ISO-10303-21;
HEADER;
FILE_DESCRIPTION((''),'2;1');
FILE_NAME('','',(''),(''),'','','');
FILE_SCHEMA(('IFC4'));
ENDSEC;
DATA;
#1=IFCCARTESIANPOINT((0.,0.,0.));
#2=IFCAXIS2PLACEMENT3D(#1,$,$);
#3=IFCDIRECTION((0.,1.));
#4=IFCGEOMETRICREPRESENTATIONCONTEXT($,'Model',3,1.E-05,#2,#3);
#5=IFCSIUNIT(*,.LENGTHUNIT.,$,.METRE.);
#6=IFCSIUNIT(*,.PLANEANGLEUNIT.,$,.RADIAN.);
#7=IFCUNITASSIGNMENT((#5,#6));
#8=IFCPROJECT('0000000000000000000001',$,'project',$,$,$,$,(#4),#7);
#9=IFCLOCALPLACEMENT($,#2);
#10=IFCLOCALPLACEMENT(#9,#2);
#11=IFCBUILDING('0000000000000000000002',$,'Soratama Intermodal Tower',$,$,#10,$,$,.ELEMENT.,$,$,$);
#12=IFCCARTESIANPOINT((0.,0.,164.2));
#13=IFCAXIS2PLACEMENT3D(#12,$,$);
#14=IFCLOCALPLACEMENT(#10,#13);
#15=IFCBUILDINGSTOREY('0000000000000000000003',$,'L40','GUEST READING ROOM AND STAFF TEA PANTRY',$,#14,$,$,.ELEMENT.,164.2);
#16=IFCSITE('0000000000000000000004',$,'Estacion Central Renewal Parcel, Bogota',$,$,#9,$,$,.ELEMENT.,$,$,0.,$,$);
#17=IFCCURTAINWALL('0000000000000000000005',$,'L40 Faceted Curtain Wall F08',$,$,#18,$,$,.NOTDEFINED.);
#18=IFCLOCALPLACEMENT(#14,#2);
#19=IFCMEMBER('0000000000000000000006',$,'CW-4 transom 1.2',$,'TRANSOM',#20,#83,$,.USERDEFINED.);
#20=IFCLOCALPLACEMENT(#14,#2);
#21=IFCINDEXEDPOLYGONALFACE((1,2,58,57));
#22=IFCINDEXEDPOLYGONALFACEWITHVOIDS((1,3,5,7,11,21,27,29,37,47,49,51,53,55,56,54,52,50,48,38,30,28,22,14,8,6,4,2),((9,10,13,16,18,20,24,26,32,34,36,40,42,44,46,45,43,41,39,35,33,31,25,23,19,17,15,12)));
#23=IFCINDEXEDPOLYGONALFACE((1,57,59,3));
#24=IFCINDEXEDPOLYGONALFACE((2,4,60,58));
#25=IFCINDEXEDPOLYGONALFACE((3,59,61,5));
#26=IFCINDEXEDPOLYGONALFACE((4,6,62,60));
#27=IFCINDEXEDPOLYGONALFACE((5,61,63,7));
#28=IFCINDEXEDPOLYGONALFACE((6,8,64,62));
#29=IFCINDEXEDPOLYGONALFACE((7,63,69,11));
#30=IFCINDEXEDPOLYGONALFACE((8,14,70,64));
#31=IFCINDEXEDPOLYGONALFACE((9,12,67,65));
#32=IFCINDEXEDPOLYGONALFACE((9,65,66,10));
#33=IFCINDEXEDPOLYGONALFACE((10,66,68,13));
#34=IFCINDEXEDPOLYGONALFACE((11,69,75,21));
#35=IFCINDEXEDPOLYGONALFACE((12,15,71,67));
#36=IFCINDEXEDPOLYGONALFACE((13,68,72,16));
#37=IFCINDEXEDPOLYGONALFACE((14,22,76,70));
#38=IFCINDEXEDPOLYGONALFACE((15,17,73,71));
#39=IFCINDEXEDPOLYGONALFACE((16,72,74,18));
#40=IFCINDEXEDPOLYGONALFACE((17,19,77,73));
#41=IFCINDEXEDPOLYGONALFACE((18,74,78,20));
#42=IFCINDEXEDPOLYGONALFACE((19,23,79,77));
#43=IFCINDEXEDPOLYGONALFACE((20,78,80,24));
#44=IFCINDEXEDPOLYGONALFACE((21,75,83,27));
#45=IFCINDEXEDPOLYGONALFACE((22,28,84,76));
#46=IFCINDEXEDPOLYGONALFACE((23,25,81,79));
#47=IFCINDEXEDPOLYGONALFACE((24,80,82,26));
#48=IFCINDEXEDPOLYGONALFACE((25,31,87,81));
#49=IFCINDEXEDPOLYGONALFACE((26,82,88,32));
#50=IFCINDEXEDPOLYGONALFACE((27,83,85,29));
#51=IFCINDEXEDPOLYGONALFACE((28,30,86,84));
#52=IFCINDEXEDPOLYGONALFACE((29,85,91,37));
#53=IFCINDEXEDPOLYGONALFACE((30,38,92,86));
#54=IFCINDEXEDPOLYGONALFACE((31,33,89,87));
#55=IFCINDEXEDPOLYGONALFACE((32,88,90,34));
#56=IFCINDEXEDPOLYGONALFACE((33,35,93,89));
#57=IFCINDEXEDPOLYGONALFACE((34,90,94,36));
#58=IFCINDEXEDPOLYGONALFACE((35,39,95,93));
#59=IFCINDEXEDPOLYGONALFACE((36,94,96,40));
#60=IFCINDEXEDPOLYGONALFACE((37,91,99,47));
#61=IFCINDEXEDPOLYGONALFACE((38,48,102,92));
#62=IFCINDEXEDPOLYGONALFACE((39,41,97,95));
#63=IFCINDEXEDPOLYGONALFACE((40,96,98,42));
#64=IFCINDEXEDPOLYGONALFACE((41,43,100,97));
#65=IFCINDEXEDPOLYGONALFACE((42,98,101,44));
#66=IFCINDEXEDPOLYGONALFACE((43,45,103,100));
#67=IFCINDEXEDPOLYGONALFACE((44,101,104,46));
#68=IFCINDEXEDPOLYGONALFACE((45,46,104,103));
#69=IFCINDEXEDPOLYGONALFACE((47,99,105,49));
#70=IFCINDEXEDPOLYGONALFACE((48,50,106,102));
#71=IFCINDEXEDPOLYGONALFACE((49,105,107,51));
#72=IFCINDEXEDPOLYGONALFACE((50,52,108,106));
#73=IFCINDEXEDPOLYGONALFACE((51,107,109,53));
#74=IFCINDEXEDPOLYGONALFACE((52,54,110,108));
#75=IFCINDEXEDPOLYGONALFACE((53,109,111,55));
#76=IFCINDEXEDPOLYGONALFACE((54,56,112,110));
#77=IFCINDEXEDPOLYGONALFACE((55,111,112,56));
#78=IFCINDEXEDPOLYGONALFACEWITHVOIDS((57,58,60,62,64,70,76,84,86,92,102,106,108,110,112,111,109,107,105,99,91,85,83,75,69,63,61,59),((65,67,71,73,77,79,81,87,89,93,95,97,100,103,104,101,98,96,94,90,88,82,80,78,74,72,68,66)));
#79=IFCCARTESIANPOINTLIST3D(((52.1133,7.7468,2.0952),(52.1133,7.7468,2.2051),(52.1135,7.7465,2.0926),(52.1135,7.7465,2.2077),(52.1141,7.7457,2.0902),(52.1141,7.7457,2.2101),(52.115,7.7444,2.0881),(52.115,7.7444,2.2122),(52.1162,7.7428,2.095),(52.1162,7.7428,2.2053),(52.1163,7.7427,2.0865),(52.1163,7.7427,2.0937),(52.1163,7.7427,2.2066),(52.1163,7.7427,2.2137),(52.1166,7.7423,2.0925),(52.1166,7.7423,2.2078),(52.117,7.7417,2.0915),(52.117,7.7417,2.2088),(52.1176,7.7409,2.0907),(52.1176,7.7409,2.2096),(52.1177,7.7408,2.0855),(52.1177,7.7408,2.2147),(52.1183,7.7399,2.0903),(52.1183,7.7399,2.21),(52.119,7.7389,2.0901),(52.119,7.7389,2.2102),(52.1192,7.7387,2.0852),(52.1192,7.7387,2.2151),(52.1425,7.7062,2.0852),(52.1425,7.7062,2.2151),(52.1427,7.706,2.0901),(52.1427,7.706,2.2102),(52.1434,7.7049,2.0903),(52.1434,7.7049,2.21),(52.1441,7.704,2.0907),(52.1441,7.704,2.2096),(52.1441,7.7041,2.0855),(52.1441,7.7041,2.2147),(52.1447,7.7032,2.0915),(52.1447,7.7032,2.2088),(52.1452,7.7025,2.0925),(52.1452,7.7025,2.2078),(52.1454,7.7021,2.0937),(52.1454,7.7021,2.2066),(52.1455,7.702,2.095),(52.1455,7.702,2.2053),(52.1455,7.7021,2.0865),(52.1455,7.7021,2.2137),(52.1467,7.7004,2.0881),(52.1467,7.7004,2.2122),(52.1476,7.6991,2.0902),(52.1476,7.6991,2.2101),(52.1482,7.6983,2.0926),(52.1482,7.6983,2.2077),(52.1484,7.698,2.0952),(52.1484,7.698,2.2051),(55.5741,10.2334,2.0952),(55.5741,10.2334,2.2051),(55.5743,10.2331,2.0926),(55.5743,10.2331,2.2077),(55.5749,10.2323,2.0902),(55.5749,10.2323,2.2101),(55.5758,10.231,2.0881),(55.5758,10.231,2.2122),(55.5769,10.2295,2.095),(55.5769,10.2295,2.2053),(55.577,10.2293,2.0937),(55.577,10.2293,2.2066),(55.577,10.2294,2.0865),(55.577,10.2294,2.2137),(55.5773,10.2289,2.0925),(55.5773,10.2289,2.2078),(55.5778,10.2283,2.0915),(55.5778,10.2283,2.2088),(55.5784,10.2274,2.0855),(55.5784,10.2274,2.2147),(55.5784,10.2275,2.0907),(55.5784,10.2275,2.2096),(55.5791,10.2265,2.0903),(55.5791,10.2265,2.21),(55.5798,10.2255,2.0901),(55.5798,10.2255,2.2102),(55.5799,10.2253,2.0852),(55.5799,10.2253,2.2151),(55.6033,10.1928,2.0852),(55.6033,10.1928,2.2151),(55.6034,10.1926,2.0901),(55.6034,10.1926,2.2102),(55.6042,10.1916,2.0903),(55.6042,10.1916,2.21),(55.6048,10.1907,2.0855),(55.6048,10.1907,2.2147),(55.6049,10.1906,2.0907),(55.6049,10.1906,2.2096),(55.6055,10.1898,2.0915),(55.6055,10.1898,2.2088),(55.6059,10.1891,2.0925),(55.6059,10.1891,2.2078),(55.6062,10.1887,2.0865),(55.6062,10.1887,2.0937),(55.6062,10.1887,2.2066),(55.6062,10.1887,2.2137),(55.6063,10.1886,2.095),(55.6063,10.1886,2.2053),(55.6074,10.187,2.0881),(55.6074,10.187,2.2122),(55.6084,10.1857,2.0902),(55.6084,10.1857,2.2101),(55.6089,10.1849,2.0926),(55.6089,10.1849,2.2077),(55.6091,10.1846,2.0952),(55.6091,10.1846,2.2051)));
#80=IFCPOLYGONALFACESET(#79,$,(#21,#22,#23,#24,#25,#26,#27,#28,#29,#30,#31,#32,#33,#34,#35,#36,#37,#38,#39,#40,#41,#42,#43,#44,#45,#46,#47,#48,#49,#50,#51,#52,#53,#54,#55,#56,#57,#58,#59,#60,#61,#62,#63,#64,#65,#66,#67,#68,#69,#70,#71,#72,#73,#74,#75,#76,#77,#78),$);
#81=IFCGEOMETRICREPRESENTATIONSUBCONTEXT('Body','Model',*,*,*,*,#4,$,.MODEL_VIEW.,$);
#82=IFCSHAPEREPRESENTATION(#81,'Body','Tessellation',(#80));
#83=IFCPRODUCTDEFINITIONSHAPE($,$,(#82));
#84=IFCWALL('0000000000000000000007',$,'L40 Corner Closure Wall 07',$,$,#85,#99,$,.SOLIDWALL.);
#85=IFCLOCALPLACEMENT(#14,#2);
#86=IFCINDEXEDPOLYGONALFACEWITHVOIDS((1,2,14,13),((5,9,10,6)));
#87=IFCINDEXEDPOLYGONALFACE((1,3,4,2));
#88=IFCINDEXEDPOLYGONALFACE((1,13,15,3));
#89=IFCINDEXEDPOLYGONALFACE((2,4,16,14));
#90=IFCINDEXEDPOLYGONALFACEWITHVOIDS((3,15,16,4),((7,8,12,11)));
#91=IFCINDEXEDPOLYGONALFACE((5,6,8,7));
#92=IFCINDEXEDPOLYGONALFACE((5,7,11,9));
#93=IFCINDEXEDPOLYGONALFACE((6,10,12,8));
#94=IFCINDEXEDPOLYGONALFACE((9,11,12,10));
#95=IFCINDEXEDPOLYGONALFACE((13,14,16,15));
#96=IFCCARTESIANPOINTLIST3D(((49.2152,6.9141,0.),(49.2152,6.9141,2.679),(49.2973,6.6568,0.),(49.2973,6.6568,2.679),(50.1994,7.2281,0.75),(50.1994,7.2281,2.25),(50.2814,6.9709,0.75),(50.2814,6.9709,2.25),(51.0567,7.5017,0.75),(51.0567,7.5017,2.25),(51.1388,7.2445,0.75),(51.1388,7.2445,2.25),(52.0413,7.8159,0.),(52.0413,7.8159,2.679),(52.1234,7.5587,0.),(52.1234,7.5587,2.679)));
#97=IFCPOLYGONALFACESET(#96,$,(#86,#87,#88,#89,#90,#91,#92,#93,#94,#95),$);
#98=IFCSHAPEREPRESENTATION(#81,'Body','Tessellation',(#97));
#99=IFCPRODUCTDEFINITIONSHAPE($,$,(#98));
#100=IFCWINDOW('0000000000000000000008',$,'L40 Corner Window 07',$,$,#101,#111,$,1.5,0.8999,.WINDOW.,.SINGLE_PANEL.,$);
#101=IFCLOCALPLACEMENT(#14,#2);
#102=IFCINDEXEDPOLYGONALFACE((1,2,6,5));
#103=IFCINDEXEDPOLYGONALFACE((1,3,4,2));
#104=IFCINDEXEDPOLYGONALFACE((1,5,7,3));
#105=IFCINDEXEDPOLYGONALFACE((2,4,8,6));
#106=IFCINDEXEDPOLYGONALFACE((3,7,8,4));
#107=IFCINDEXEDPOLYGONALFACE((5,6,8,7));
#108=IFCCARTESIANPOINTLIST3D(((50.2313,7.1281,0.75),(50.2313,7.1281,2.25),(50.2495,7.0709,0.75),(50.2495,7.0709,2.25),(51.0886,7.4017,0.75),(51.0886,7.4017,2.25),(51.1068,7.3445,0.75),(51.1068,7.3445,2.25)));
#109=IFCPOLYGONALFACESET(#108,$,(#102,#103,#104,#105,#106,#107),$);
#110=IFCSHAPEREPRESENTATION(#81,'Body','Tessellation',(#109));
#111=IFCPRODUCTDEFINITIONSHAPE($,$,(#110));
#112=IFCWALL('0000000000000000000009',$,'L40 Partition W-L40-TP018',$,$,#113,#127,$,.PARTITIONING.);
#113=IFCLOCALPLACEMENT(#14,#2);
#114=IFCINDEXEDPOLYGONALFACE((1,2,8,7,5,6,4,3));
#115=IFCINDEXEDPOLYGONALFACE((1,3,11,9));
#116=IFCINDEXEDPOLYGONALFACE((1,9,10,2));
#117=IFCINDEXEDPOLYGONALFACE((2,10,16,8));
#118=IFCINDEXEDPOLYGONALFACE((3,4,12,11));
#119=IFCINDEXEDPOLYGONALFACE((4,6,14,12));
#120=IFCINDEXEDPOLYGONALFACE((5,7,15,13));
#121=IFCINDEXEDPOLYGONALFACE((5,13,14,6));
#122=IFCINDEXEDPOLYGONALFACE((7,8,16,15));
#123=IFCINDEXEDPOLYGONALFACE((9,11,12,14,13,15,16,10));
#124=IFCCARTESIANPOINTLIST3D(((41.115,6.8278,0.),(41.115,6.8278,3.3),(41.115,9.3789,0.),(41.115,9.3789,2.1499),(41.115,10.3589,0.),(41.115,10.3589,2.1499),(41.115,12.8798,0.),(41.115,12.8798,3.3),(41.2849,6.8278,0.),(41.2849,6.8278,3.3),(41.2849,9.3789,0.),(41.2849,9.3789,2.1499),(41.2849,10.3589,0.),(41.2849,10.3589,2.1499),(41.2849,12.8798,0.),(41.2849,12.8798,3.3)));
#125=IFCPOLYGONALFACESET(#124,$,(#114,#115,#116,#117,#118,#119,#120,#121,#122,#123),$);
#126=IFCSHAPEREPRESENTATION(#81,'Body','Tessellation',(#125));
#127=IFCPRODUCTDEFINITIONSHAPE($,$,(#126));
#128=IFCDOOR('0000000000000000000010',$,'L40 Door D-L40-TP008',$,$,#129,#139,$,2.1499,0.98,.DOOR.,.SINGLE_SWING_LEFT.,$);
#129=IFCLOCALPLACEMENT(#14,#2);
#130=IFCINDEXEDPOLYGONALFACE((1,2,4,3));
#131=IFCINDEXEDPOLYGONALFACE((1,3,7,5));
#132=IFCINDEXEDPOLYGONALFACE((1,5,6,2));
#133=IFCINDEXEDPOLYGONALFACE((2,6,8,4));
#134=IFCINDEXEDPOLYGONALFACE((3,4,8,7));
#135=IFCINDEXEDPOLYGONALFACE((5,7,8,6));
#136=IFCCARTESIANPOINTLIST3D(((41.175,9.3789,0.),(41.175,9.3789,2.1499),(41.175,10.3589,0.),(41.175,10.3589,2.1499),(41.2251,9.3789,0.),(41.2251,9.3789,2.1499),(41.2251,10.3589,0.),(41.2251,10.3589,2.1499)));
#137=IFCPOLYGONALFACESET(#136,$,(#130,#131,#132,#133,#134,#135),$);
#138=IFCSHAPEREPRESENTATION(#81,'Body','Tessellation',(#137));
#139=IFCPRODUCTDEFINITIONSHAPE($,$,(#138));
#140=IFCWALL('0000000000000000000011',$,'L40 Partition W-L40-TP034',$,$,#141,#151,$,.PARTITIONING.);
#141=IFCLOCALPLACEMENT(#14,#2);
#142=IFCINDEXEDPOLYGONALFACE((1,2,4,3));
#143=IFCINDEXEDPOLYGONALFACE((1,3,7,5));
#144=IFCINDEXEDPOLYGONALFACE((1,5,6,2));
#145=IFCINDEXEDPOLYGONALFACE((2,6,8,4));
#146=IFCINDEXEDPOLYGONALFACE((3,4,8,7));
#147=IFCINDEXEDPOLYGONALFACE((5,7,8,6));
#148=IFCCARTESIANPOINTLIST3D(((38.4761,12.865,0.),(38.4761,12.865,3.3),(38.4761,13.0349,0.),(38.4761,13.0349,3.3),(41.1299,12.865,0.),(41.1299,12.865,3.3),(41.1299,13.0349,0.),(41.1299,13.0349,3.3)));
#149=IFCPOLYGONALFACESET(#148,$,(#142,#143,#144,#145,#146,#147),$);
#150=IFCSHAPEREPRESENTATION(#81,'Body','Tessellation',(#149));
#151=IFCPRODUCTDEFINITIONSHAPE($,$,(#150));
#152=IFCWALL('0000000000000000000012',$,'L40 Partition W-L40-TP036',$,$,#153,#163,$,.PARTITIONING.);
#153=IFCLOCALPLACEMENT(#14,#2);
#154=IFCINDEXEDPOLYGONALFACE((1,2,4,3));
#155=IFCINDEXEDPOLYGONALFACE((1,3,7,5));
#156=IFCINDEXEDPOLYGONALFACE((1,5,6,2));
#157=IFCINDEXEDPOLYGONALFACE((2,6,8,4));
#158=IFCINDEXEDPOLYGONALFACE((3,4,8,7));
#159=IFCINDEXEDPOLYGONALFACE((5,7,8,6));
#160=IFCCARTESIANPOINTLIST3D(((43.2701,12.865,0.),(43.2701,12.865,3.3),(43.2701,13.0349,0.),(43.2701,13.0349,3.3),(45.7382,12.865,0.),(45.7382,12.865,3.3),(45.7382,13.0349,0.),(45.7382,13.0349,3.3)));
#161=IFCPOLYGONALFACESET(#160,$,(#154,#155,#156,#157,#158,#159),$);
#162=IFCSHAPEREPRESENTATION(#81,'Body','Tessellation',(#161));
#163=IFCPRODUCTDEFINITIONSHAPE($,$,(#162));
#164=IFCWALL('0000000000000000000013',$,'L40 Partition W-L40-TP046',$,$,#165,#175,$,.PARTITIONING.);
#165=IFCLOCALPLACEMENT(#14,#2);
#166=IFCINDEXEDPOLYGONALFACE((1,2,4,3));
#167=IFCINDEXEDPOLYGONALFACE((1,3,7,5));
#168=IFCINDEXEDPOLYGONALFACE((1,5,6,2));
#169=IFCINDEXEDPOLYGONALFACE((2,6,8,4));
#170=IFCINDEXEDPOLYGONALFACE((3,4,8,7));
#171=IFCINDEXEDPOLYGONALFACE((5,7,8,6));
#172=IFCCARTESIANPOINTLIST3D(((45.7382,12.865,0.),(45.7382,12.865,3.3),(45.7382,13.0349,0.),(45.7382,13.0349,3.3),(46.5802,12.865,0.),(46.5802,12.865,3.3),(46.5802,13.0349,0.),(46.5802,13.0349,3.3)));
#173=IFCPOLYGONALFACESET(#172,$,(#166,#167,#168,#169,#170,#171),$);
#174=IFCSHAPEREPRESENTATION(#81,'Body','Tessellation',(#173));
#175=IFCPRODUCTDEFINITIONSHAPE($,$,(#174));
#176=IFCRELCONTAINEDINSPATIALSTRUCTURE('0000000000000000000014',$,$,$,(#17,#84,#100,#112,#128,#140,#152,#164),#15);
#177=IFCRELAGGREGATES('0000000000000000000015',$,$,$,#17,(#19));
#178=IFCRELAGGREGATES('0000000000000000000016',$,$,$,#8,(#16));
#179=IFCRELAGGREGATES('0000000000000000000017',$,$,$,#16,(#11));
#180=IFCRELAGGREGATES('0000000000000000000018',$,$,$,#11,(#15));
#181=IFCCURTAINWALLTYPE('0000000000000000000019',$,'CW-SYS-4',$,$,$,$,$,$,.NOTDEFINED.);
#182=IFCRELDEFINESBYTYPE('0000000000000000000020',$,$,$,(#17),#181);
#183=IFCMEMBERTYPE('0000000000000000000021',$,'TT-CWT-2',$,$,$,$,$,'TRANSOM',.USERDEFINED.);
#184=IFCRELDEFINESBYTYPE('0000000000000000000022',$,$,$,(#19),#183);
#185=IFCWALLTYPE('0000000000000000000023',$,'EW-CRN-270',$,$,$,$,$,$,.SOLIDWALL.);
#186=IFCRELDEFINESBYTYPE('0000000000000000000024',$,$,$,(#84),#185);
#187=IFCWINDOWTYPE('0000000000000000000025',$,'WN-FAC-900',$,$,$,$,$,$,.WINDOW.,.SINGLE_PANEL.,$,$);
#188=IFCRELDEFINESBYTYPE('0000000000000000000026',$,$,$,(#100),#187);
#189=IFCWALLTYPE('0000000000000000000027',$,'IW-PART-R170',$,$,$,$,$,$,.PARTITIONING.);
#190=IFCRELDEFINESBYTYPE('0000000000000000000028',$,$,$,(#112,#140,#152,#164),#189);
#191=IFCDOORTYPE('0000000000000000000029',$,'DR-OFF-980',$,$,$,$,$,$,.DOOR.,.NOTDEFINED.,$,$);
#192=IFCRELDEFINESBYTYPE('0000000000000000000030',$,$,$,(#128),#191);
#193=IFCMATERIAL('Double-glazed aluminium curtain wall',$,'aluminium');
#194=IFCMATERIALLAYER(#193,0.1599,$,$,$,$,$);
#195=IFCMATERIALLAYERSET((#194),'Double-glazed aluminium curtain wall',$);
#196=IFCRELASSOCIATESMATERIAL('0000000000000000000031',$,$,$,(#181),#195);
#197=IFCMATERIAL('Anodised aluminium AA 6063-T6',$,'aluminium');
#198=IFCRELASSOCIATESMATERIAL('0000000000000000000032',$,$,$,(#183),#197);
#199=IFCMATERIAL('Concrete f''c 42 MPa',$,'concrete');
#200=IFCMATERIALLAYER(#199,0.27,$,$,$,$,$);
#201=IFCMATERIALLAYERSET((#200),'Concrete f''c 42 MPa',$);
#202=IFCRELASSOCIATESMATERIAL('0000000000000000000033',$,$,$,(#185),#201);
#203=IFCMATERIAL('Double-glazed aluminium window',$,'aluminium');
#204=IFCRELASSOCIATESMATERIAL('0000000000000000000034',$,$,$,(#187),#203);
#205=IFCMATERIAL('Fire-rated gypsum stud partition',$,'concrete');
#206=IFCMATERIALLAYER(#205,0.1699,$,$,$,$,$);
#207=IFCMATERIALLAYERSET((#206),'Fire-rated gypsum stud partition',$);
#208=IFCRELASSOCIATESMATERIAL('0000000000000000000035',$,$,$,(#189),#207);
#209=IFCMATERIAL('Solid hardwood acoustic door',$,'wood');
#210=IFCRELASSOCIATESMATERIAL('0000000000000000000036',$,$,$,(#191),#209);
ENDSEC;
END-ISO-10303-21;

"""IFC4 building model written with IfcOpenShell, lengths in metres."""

from ifc_helpers import new_model, si_unit, direction, frame, frame_2d, origin, origin_2d, place, context, subcontext, project, spatial, rectangle, hollow_rectangle, extrude, material, layer, layer_set, material_profile, profile_set, type_object, element, fill, aggregate, save


model = new_model("IFC4")

# Units and contexts
model_context = context("Model", 3, precision=1e-05, world=origin(), true_north=direction((0.0, 1.0)))
body_context = subcontext(model_context, "Body", "Model", "MODEL_VIEW")
ifc_project = project(units=[si_unit("LENGTHUNIT", "METRE"), si_unit("PLANEANGLEUNIT", "RADIAN")], contexts=[model_context])

# Site, building, storey
site_placement = place(None, origin())
site = spatial("IfcSite", under=ifc_project, at=site_placement, Name="Estacion Central Renewal Parcel, Bogota", CompositionType="ELEMENT", RefElevation=0.0)
building_placement = place(site_placement, origin())
building = spatial("IfcBuilding", under=site, at=building_placement, Name="Soratama Intermodal Tower", CompositionType="ELEMENT")
storey_placement = place(building_placement, frame((0.0, 0.0, 164.2)))
storey = spatial("IfcBuildingStorey", under=building, at=storey_placement, Name="L40", Description="GUEST READING ROOM AND STAFF TEA PANTRY", CompositionType="ELEMENT", Elevation=164.2)

# Curtain wall, member
ifc_material_1 = material(Name="Double-glazed aluminium curtain wall", Category="aluminium")
ifc_layer_1 = layer(ifc_material_1, 0.1599)
ifc_layer_set_1 = layer_set([ifc_layer_1], Name="Double-glazed aluminium curtain wall")
curtain_wall_type = type_object("IfcCurtainWallType", Name="CW-SYS-4", PredefinedType="NOTDEFINED", material=ifc_layer_set_1)
curtain_wall_placement = place(storey_placement, origin())
curtain_wall = element("IfcCurtainWall", 1, at=curtain_wall_placement, inside=storey, type_object=curtain_wall_type, Name="L40 Faceted Curtain Wall F08", PredefinedType="NOTDEFINED")
ifc_material_2 = material(Name="Anodised aluminium AA 6063-T6", Category="aluminium")
ifc_material_profile_1 = material_profile(ifc_material_2, hollow_rectangle(XDim=0.0601, YDim=0.1299, WallThickness=0.0049, InnerFilletRadius=0.0049, OuterFilletRadius=0.01, at=origin_2d()), Name="CWT130X60X5")
ifc_profile_set_1 = profile_set([ifc_material_profile_1], Name="Anodised aluminium AA 6063-T6")
member_type_1 = type_object("IfcMemberType", Name="TT-CWT-2", ElementType="TRANSOM", PredefinedType="USERDEFINED", material=ifc_profile_set_1)
member_1_placement = place(storey_placement, frame((52.1309, 7.7224, 2.1501), z_axis=(0.812104, 0.583512, 0.0), x_axis=(-0.583512, 0.812104, 0.0)))
member_1 = element("IfcMember", 2, at=member_1_placement, type_object=member_type_1, Name="CW-4 transom 1.2", ObjectType="TRANSOM", PredefinedType="USERDEFINED", context=body_context, shape_type="SweptSolid", body=[
    extrude(hollow_rectangle(XDim=0.0601, YDim=0.1299, WallThickness=0.0049, InnerFilletRadius=0.0049, OuterFilletRadius=0.01, at=origin_2d()), origin(), (0.0, 0.0, 1.0), 4.2615),
])
aggregate(curtain_wall, [member_1])

# Wall, opening, window
ifc_material_3 = material(Name="Concrete f'c 42 MPa", Category="concrete")
ifc_layer_2 = layer(ifc_material_3, 0.27)
ifc_layer_set_2 = layer_set([ifc_layer_2], Name="Concrete f'c 42 MPa")
wall_type_1 = type_object("IfcWallType", Name="EW-CRN-270", PredefinedType="SOLIDWALL", material=ifc_layer_set_2)
wall_1_placement = place(storey_placement, frame((49.2561, 6.7854, 0.0), z_axis=(0.0, 0.0, 1.0), x_axis=(0.95267, 0.304005, 0.0)))
wall_1 = element("IfcWall", 3, at=wall_1_placement, inside=storey, type_object=wall_type_1, Name="L40 Corner Closure Wall 07", PredefinedType="SOLIDWALL", context=body_context, shape_type="SweptSolid", body=[
    extrude(rectangle(XDim=2.9666, YDim=0.27, at=frame_2d((1.4834, 0.0))), origin(), (0.0, 0.0, 1.0), 2.679),
])
opening_1_placement = place(wall_1_placement, frame((1.0332, 0.0, 0.75)))
opening_1 = element("IfcOpeningElement", 4, at=opening_1_placement, cuts=wall_1, PredefinedType="OPENING", context=body_context, shape_type="SweptSolid", body=[
    extrude(rectangle(XDim=0.8999, YDim=1.5, at=frame_2d((0.45, 0.75))), frame((0.0, 0.145, 0.0), z_axis=(0.0, -1.0, 0.0), x_axis=(1.0, 0.0, 0.0)), (0.0, 0.0, 1.0), 0.29),
])
ifc_material_4 = material(Name="Double-glazed aluminium window", Category="aluminium")
window_type = type_object("IfcWindowType", Name="WN-FAC-900", PartitioningType="SINGLE_PANEL", PredefinedType="WINDOW", material=ifc_material_4)
window_placement = place(opening_1_placement, origin())
window = element("IfcWindow", 5, at=window_placement, inside=storey, type_object=window_type, Name="L40 Corner Window 07", OverallHeight=1.5, OverallWidth=0.8999, PartitioningType="SINGLE_PANEL", PredefinedType="WINDOW", context=body_context, shape_type="SweptSolid", body=[
    extrude(rectangle(XDim=0.8999, YDim=1.5, at=frame_2d((0.45, 0.75))), frame((0.0, 0.03, 0.0), z_axis=(0.0, -1.0, 0.0), x_axis=(1.0, 0.0, 0.0)), (0.0, 0.0, 1.0), 0.0601),
])
fill(opening_1, window)

# Wall, opening, door
ifc_material_5 = material(Name="Fire-rated gypsum stud partition", Category="concrete")
ifc_layer_3 = layer(ifc_material_5, 0.1699)
ifc_layer_set_3 = layer_set([ifc_layer_3], Name="Fire-rated gypsum stud partition")
wall_type_2 = type_object("IfcWallType", Name="IW-PART-R170", PredefinedType="PARTITIONING", material=ifc_layer_set_3)
ifc_material_6 = material(Name="Solid hardwood acoustic door", Category="wood")
door_type = type_object("IfcDoorType", Name="DR-OFF-980", OperationType="NOTDEFINED", PredefinedType="DOOR", material=ifc_material_6)
wall_2_placement = place(storey_placement, frame((41.2, 6.8279, 0.0), z_axis=(0.0, 0.0, 1.0), x_axis=(0.0, 1.0, 0.0)))
wall_2 = element("IfcWall", 6, at=wall_2_placement, inside=storey, type_object=wall_type_2, Name="L40 Partition W-L40-TP018", PredefinedType="PARTITIONING", context=body_context, shape_type="SweptSolid", body=[
    extrude(rectangle(XDim=6.052, YDim=0.1699, at=frame_2d((3.0259, 0.0))), origin(), (0.0, 0.0, 1.0), 3.3),
])
opening_2_placement = place(wall_2_placement, frame((2.551, 0.0, 0.0)))
opening_2 = element("IfcOpeningElement", 7, at=opening_2_placement, cuts=wall_2, PredefinedType="OPENING", context=body_context, shape_type="SweptSolid", body=[
    extrude(rectangle(XDim=0.98, YDim=2.1499, at=frame_2d((0.49, 1.075))), frame((0.0, 0.095, 0.0), z_axis=(0.0, -1.0, 0.0), x_axis=(1.0, 0.0, 0.0)), (0.0, 0.0, 1.0), 0.1899),
])
door_1_placement = place(opening_2_placement, origin())
door_1 = element("IfcDoor", 8, at=door_1_placement, inside=storey, type_object=door_type, Name="L40 Door D-L40-TP008", OperationType="SINGLE_SWING_LEFT", OverallHeight=2.1499, OverallWidth=0.98, PredefinedType="DOOR", context=body_context, shape_type="SweptSolid", body=[
    extrude(rectangle(XDim=0.98, YDim=2.1499, at=frame_2d((0.49, 1.075))), frame((0.0, 0.0249, 0.0), z_axis=(0.0, -1.0, 0.0), x_axis=(1.0, 0.0, 0.0)), (0.0, 0.0, 1.0), 0.05),
])
fill(opening_2, door_1)

# Walls
wall_3_placement = place(storey_placement, frame((41.1299, 12.95, 0.0), z_axis=(0.0, 0.0, 1.0), x_axis=(-1.0, 0.0, 0.0)))
element("IfcWall", 9, at=wall_3_placement, inside=storey, type_object=wall_type_2, Name="L40 Partition W-L40-TP034", PredefinedType="PARTITIONING", context=body_context, shape_type="SweptSolid", body=[
    extrude(rectangle(XDim=2.6538, YDim=0.1699, at=frame_2d((1.3269, 0.0))), origin(), (0.0, 0.0, 1.0), 3.3),
])
wall_4_placement = place(storey_placement, frame((45.738, 12.95, 0.0), z_axis=(0.0, 0.0, 1.0), x_axis=(-1.0, 0.0, 0.0)))
element("IfcWall", 10, at=wall_4_placement, inside=storey, type_object=wall_type_2, Name="L40 Partition W-L40-TP036", PredefinedType="PARTITIONING", context=body_context, shape_type="SweptSolid", body=[
    extrude(rectangle(XDim=2.468, YDim=0.1699, at=frame_2d((1.2339, 0.0))), origin(), (0.0, 0.0, 1.0), 3.3),
])
wall_5_placement = place(storey_placement, frame((46.5801, 12.95, 0.0), z_axis=(0.0, 0.0, 1.0), x_axis=(-1.0, 0.0, 0.0)))
element("IfcWall", 11, at=wall_5_placement, inside=storey, type_object=wall_type_2, Name="L40 Partition W-L40-TP046", PredefinedType="PARTITIONING", context=body_context, shape_type="SweptSolid", body=[
    extrude(rectangle(XDim=0.842, YDim=0.1699, at=frame_2d((0.4209, 0.0))), origin(), (0.0, 0.0, 1.0), 3.3),
])

save(model, "model.ifc")
